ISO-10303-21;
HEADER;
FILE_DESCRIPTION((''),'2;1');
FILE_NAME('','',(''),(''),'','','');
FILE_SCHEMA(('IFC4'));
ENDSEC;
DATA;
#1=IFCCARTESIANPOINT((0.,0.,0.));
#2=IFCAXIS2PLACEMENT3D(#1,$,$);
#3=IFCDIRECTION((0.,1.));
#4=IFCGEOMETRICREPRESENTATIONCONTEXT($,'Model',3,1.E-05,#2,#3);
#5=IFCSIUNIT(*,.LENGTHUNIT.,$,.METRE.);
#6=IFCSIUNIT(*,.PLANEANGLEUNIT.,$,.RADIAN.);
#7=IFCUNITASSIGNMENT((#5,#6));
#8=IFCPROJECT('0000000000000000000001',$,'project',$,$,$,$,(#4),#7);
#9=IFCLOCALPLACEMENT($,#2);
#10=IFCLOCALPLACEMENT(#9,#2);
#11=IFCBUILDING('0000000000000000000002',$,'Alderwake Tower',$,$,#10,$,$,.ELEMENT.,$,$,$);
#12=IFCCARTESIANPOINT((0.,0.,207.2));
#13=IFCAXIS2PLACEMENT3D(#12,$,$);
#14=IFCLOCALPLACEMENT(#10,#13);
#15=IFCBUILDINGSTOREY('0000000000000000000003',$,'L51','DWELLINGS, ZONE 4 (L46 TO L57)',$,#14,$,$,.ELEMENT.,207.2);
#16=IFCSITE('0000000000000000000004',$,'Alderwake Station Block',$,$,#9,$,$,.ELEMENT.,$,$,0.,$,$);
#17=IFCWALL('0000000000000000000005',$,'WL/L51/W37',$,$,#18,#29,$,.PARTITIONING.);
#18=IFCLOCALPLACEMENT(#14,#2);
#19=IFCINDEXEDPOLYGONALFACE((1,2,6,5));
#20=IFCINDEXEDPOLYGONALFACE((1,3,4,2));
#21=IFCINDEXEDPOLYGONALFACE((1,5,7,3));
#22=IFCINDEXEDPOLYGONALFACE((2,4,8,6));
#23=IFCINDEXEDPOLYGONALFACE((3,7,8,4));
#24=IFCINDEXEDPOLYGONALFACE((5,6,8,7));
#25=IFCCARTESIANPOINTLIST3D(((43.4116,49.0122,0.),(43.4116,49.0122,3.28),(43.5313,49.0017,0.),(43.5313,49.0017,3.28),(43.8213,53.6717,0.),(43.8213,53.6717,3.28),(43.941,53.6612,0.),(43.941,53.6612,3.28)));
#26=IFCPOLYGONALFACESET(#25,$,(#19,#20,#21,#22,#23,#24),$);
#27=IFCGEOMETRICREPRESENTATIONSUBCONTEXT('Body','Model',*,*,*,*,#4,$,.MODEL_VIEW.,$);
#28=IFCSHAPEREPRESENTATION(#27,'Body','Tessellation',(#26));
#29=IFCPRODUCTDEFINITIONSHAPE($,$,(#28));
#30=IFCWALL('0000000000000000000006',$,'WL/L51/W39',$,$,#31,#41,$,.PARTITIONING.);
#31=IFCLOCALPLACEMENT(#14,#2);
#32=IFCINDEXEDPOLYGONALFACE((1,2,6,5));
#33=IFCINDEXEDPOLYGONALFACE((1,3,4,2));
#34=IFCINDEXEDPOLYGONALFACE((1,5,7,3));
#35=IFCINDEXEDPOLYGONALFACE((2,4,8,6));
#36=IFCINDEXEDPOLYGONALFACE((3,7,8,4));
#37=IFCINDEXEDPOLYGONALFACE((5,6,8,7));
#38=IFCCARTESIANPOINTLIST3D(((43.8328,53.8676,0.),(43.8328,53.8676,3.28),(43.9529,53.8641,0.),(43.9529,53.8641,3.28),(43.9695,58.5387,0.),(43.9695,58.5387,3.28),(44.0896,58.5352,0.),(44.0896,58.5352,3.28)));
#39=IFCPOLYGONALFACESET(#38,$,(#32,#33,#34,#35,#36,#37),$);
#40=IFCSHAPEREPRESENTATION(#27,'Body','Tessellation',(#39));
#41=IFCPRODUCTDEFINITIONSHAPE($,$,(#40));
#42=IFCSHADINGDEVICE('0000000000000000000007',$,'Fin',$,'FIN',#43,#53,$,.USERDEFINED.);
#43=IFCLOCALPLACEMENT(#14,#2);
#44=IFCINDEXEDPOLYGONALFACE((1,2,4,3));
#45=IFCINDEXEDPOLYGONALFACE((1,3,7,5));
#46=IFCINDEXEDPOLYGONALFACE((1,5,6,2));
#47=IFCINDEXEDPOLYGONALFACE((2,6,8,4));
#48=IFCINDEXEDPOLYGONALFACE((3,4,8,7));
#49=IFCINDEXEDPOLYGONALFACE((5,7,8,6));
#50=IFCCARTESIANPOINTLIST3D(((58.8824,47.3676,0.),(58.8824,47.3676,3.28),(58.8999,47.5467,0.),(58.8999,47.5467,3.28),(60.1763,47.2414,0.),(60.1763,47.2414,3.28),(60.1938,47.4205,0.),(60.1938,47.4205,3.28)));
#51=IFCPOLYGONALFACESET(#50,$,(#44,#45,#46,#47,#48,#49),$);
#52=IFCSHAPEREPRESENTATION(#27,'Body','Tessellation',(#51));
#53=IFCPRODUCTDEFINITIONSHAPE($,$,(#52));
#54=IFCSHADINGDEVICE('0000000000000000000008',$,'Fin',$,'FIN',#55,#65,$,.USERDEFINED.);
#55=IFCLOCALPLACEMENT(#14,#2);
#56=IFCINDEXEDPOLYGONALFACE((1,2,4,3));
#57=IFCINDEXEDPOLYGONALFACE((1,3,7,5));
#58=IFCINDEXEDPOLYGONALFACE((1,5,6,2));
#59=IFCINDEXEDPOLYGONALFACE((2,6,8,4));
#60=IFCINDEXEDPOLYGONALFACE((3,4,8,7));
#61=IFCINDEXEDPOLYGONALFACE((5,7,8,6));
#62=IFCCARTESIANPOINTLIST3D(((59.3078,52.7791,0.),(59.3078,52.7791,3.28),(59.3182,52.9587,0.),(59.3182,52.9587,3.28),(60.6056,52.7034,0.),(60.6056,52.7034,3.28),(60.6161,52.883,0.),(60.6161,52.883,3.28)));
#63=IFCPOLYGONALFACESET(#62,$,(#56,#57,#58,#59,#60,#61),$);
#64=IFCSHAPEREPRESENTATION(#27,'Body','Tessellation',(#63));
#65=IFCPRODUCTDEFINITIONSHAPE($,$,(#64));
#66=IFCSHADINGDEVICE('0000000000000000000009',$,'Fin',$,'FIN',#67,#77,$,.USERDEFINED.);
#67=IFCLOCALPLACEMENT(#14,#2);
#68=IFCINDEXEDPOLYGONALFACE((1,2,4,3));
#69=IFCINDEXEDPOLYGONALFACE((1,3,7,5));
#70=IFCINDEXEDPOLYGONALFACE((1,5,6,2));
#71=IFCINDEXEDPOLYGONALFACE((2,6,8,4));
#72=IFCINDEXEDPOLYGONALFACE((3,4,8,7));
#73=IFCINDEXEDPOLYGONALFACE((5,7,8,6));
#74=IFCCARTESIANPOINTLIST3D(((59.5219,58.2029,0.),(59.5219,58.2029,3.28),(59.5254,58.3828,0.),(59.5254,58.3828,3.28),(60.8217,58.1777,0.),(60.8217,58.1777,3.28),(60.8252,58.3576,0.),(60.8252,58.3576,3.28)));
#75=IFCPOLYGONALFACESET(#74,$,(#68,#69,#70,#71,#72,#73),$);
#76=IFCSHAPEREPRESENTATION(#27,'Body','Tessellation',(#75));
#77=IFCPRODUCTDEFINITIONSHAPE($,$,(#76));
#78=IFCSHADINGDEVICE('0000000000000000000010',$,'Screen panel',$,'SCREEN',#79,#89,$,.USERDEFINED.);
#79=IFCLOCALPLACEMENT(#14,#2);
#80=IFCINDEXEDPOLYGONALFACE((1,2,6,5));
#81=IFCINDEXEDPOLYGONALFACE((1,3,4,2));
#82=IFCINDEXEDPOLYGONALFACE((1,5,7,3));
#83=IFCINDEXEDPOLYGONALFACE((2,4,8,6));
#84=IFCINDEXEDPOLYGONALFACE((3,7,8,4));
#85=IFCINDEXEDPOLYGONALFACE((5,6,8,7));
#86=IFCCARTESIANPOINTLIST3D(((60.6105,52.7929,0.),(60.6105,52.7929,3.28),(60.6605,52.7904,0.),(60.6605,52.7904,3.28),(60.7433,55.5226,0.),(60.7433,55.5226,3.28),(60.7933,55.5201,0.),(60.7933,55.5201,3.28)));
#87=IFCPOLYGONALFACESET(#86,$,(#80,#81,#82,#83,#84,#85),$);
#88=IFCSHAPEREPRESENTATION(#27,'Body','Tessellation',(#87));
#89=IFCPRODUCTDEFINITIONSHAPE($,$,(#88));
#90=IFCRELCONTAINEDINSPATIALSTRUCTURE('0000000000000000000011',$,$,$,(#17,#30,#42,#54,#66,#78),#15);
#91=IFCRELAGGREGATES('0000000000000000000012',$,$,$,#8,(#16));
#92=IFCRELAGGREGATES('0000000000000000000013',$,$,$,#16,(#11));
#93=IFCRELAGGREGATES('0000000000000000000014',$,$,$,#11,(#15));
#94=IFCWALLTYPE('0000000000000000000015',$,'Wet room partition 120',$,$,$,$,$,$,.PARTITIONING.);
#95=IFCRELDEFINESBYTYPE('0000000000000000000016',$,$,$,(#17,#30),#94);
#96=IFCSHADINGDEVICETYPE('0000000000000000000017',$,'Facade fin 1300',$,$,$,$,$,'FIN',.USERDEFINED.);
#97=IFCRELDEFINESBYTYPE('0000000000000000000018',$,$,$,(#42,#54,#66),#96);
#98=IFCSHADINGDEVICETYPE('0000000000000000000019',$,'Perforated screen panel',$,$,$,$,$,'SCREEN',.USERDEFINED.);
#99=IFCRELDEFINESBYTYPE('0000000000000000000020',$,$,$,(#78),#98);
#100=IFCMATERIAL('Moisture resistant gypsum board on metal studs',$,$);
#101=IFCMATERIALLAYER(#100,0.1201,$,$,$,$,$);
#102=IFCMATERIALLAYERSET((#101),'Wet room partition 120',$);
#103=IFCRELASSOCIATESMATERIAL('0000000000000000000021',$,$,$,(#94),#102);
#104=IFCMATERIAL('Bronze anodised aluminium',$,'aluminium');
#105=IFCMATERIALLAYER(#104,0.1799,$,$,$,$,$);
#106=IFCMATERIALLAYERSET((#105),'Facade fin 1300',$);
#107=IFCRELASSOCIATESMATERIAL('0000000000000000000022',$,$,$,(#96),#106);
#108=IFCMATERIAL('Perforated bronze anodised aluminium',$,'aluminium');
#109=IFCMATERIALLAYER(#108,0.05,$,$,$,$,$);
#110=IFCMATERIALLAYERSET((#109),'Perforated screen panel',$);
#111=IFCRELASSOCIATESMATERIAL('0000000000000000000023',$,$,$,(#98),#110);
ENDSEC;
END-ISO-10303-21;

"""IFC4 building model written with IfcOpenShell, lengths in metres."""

from ifc_helpers import new_model, si_unit, direction, frame, frame_2d, origin, origin_2d, place, context, subcontext, project, spatial, rectangle, extrude, material, layer, layer_set, type_object, element, save


model = new_model("IFC4")

# Units and contexts
model_context = context("Model", 3, precision=1e-05, world=origin(), true_north=direction((0.0, 1.0)))
body_context = subcontext(model_context, "Body", "Model", "MODEL_VIEW")
ifc_project = project(units=[si_unit("LENGTHUNIT", "METRE"), si_unit("PLANEANGLEUNIT", "RADIAN")], contexts=[model_context])

# Site, building, storey
site_placement = place(None, origin())
site = spatial("IfcSite", under=ifc_project, at=site_placement, Name="Alderwake Station Block", CompositionType="ELEMENT", RefElevation=0.0)
building_placement = place(site_placement, origin())
building = spatial("IfcBuilding", under=site, at=building_placement, Name="Alderwake Tower", CompositionType="ELEMENT")
storey_placement = place(building_placement, frame((0.0, 0.0, 207.2)))
storey = spatial("IfcBuildingStorey", under=building, at=storey_placement, Name="L51", Description="DWELLINGS, ZONE 4 (L46 TO L57)", CompositionType="ELEMENT", Elevation=207.2)

# Walls
ifc_material_1 = material(Name="Moisture resistant gypsum board on metal studs")
ifc_layer_1 = layer(ifc_material_1, 0.1201)
ifc_layer_set_1 = layer_set([ifc_layer_1], Name="Wet room partition 120")
wall_type_1 = type_object("IfcWallType", Name="Wet room partition 120", PredefinedType="PARTITIONING", material=ifc_layer_set_1)
wall_1_placement = place(storey_placement, frame((43.4714, 49.0068, 0.0), z_axis=(0.0, 0.0, 1.0), x_axis=(0.087585, 0.996157, 0.0)))
element("IfcWall", 1, at=wall_1_placement, inside=storey, type_object=wall_type_1, Name="WL/L51/W37", PredefinedType="PARTITIONING", context=body_context, shape_type="SweptSolid", body=[
    extrude(rectangle(XDim=4.6775, YDim=0.1201, at=frame_2d((2.3389, 0.0))), origin(), (0.0, 0.0, 1.0), 3.28),
])
wall_2_placement = place(storey_placement, frame((43.8928, 53.866, 0.0), z_axis=(0.0, 0.0, 1.0), x_axis=(0.029256, 0.999572, 0.0)))
element("IfcWall", 2, at=wall_2_placement, inside=storey, type_object=wall_type_1, Name="WL/L51/W39", PredefinedType="PARTITIONING", context=body_context, shape_type="SweptSolid", body=[
    extrude(rectangle(XDim=4.6731, YDim=0.1201, at=frame_2d((2.3364, 0.0))), origin(), (0.0, 0.0, 1.0), 3.28),
])

# Shading devices
ifc_material_2 = material(Name="Bronze anodised aluminium", Category="aluminium")
ifc_layer_2 = layer(ifc_material_2, 0.1799)
ifc_layer_set_2 = layer_set([ifc_layer_2], Name="Facade fin 1300")
shading_device_type_1 = type_object("IfcShadingDeviceType", Name="Facade fin 1300", ElementType="FIN", PredefinedType="USERDEFINED", material=ifc_layer_set_2)
for number, where, z_axis, x_axis, name in (
    (3, (59.5381, 47.394, 0.0), (0.0, 0.0, 1.0), (0.99528, -0.097046, 0.0), "Fin"),
    (4, (59.9619, 52.8311, 0.0), (0.0, 0.0, 1.0), (0.998301, -0.058266, 0.0), "Fin"),
    (5, (60.1736, 58.2803, 0.0), (0.0, 0.0, 1.0), (0.999812, -0.019398, 0.0), "Fin"),
):
    element("IfcShadingDevice", number, at=place(storey_placement, frame(where, z_axis=z_axis, x_axis=x_axis)), inside=storey, type_object=shading_device_type_1, Name=name, ObjectType="FIN", PredefinedType="USERDEFINED", context=body_context, shape_type="SweptSolid", body=[
        extrude(rectangle(XDim=1.3, YDim=0.1799, at=origin_2d()), origin(), (0.0, 0.0, 1.0), 3.28),
    ])
ifc_material_3 = material(Name="Perforated bronze anodised aluminium", Category="aluminium")
ifc_layer_3 = layer(ifc_material_3, 0.05)
ifc_layer_set_3 = layer_set([ifc_layer_3], Name="Perforated screen panel")
shading_device_type_2 = type_object("IfcShadingDeviceType", Name="Perforated screen panel", ElementType="SCREEN", PredefinedType="USERDEFINED", material=ifc_layer_set_3)
shading_device_placement = place(storey_placement, frame((60.7019, 54.1565, 0.0), z_axis=(0.0, 0.0, 1.0), x_axis=(0.998819, -0.048581, 0.0)))
element("IfcShadingDevice", 6, at=shading_device_placement, inside=storey, type_object=shading_device_type_2, Name="Screen panel", ObjectType="SCREEN", PredefinedType="USERDEFINED", context=body_context, shape_type="SweptSolid", body=[
    extrude(rectangle(XDim=0.05, YDim=2.7329, at=origin_2d()), origin(), (0.0, 0.0, 1.0), 3.28),
])

save(model, "model.ifc")
